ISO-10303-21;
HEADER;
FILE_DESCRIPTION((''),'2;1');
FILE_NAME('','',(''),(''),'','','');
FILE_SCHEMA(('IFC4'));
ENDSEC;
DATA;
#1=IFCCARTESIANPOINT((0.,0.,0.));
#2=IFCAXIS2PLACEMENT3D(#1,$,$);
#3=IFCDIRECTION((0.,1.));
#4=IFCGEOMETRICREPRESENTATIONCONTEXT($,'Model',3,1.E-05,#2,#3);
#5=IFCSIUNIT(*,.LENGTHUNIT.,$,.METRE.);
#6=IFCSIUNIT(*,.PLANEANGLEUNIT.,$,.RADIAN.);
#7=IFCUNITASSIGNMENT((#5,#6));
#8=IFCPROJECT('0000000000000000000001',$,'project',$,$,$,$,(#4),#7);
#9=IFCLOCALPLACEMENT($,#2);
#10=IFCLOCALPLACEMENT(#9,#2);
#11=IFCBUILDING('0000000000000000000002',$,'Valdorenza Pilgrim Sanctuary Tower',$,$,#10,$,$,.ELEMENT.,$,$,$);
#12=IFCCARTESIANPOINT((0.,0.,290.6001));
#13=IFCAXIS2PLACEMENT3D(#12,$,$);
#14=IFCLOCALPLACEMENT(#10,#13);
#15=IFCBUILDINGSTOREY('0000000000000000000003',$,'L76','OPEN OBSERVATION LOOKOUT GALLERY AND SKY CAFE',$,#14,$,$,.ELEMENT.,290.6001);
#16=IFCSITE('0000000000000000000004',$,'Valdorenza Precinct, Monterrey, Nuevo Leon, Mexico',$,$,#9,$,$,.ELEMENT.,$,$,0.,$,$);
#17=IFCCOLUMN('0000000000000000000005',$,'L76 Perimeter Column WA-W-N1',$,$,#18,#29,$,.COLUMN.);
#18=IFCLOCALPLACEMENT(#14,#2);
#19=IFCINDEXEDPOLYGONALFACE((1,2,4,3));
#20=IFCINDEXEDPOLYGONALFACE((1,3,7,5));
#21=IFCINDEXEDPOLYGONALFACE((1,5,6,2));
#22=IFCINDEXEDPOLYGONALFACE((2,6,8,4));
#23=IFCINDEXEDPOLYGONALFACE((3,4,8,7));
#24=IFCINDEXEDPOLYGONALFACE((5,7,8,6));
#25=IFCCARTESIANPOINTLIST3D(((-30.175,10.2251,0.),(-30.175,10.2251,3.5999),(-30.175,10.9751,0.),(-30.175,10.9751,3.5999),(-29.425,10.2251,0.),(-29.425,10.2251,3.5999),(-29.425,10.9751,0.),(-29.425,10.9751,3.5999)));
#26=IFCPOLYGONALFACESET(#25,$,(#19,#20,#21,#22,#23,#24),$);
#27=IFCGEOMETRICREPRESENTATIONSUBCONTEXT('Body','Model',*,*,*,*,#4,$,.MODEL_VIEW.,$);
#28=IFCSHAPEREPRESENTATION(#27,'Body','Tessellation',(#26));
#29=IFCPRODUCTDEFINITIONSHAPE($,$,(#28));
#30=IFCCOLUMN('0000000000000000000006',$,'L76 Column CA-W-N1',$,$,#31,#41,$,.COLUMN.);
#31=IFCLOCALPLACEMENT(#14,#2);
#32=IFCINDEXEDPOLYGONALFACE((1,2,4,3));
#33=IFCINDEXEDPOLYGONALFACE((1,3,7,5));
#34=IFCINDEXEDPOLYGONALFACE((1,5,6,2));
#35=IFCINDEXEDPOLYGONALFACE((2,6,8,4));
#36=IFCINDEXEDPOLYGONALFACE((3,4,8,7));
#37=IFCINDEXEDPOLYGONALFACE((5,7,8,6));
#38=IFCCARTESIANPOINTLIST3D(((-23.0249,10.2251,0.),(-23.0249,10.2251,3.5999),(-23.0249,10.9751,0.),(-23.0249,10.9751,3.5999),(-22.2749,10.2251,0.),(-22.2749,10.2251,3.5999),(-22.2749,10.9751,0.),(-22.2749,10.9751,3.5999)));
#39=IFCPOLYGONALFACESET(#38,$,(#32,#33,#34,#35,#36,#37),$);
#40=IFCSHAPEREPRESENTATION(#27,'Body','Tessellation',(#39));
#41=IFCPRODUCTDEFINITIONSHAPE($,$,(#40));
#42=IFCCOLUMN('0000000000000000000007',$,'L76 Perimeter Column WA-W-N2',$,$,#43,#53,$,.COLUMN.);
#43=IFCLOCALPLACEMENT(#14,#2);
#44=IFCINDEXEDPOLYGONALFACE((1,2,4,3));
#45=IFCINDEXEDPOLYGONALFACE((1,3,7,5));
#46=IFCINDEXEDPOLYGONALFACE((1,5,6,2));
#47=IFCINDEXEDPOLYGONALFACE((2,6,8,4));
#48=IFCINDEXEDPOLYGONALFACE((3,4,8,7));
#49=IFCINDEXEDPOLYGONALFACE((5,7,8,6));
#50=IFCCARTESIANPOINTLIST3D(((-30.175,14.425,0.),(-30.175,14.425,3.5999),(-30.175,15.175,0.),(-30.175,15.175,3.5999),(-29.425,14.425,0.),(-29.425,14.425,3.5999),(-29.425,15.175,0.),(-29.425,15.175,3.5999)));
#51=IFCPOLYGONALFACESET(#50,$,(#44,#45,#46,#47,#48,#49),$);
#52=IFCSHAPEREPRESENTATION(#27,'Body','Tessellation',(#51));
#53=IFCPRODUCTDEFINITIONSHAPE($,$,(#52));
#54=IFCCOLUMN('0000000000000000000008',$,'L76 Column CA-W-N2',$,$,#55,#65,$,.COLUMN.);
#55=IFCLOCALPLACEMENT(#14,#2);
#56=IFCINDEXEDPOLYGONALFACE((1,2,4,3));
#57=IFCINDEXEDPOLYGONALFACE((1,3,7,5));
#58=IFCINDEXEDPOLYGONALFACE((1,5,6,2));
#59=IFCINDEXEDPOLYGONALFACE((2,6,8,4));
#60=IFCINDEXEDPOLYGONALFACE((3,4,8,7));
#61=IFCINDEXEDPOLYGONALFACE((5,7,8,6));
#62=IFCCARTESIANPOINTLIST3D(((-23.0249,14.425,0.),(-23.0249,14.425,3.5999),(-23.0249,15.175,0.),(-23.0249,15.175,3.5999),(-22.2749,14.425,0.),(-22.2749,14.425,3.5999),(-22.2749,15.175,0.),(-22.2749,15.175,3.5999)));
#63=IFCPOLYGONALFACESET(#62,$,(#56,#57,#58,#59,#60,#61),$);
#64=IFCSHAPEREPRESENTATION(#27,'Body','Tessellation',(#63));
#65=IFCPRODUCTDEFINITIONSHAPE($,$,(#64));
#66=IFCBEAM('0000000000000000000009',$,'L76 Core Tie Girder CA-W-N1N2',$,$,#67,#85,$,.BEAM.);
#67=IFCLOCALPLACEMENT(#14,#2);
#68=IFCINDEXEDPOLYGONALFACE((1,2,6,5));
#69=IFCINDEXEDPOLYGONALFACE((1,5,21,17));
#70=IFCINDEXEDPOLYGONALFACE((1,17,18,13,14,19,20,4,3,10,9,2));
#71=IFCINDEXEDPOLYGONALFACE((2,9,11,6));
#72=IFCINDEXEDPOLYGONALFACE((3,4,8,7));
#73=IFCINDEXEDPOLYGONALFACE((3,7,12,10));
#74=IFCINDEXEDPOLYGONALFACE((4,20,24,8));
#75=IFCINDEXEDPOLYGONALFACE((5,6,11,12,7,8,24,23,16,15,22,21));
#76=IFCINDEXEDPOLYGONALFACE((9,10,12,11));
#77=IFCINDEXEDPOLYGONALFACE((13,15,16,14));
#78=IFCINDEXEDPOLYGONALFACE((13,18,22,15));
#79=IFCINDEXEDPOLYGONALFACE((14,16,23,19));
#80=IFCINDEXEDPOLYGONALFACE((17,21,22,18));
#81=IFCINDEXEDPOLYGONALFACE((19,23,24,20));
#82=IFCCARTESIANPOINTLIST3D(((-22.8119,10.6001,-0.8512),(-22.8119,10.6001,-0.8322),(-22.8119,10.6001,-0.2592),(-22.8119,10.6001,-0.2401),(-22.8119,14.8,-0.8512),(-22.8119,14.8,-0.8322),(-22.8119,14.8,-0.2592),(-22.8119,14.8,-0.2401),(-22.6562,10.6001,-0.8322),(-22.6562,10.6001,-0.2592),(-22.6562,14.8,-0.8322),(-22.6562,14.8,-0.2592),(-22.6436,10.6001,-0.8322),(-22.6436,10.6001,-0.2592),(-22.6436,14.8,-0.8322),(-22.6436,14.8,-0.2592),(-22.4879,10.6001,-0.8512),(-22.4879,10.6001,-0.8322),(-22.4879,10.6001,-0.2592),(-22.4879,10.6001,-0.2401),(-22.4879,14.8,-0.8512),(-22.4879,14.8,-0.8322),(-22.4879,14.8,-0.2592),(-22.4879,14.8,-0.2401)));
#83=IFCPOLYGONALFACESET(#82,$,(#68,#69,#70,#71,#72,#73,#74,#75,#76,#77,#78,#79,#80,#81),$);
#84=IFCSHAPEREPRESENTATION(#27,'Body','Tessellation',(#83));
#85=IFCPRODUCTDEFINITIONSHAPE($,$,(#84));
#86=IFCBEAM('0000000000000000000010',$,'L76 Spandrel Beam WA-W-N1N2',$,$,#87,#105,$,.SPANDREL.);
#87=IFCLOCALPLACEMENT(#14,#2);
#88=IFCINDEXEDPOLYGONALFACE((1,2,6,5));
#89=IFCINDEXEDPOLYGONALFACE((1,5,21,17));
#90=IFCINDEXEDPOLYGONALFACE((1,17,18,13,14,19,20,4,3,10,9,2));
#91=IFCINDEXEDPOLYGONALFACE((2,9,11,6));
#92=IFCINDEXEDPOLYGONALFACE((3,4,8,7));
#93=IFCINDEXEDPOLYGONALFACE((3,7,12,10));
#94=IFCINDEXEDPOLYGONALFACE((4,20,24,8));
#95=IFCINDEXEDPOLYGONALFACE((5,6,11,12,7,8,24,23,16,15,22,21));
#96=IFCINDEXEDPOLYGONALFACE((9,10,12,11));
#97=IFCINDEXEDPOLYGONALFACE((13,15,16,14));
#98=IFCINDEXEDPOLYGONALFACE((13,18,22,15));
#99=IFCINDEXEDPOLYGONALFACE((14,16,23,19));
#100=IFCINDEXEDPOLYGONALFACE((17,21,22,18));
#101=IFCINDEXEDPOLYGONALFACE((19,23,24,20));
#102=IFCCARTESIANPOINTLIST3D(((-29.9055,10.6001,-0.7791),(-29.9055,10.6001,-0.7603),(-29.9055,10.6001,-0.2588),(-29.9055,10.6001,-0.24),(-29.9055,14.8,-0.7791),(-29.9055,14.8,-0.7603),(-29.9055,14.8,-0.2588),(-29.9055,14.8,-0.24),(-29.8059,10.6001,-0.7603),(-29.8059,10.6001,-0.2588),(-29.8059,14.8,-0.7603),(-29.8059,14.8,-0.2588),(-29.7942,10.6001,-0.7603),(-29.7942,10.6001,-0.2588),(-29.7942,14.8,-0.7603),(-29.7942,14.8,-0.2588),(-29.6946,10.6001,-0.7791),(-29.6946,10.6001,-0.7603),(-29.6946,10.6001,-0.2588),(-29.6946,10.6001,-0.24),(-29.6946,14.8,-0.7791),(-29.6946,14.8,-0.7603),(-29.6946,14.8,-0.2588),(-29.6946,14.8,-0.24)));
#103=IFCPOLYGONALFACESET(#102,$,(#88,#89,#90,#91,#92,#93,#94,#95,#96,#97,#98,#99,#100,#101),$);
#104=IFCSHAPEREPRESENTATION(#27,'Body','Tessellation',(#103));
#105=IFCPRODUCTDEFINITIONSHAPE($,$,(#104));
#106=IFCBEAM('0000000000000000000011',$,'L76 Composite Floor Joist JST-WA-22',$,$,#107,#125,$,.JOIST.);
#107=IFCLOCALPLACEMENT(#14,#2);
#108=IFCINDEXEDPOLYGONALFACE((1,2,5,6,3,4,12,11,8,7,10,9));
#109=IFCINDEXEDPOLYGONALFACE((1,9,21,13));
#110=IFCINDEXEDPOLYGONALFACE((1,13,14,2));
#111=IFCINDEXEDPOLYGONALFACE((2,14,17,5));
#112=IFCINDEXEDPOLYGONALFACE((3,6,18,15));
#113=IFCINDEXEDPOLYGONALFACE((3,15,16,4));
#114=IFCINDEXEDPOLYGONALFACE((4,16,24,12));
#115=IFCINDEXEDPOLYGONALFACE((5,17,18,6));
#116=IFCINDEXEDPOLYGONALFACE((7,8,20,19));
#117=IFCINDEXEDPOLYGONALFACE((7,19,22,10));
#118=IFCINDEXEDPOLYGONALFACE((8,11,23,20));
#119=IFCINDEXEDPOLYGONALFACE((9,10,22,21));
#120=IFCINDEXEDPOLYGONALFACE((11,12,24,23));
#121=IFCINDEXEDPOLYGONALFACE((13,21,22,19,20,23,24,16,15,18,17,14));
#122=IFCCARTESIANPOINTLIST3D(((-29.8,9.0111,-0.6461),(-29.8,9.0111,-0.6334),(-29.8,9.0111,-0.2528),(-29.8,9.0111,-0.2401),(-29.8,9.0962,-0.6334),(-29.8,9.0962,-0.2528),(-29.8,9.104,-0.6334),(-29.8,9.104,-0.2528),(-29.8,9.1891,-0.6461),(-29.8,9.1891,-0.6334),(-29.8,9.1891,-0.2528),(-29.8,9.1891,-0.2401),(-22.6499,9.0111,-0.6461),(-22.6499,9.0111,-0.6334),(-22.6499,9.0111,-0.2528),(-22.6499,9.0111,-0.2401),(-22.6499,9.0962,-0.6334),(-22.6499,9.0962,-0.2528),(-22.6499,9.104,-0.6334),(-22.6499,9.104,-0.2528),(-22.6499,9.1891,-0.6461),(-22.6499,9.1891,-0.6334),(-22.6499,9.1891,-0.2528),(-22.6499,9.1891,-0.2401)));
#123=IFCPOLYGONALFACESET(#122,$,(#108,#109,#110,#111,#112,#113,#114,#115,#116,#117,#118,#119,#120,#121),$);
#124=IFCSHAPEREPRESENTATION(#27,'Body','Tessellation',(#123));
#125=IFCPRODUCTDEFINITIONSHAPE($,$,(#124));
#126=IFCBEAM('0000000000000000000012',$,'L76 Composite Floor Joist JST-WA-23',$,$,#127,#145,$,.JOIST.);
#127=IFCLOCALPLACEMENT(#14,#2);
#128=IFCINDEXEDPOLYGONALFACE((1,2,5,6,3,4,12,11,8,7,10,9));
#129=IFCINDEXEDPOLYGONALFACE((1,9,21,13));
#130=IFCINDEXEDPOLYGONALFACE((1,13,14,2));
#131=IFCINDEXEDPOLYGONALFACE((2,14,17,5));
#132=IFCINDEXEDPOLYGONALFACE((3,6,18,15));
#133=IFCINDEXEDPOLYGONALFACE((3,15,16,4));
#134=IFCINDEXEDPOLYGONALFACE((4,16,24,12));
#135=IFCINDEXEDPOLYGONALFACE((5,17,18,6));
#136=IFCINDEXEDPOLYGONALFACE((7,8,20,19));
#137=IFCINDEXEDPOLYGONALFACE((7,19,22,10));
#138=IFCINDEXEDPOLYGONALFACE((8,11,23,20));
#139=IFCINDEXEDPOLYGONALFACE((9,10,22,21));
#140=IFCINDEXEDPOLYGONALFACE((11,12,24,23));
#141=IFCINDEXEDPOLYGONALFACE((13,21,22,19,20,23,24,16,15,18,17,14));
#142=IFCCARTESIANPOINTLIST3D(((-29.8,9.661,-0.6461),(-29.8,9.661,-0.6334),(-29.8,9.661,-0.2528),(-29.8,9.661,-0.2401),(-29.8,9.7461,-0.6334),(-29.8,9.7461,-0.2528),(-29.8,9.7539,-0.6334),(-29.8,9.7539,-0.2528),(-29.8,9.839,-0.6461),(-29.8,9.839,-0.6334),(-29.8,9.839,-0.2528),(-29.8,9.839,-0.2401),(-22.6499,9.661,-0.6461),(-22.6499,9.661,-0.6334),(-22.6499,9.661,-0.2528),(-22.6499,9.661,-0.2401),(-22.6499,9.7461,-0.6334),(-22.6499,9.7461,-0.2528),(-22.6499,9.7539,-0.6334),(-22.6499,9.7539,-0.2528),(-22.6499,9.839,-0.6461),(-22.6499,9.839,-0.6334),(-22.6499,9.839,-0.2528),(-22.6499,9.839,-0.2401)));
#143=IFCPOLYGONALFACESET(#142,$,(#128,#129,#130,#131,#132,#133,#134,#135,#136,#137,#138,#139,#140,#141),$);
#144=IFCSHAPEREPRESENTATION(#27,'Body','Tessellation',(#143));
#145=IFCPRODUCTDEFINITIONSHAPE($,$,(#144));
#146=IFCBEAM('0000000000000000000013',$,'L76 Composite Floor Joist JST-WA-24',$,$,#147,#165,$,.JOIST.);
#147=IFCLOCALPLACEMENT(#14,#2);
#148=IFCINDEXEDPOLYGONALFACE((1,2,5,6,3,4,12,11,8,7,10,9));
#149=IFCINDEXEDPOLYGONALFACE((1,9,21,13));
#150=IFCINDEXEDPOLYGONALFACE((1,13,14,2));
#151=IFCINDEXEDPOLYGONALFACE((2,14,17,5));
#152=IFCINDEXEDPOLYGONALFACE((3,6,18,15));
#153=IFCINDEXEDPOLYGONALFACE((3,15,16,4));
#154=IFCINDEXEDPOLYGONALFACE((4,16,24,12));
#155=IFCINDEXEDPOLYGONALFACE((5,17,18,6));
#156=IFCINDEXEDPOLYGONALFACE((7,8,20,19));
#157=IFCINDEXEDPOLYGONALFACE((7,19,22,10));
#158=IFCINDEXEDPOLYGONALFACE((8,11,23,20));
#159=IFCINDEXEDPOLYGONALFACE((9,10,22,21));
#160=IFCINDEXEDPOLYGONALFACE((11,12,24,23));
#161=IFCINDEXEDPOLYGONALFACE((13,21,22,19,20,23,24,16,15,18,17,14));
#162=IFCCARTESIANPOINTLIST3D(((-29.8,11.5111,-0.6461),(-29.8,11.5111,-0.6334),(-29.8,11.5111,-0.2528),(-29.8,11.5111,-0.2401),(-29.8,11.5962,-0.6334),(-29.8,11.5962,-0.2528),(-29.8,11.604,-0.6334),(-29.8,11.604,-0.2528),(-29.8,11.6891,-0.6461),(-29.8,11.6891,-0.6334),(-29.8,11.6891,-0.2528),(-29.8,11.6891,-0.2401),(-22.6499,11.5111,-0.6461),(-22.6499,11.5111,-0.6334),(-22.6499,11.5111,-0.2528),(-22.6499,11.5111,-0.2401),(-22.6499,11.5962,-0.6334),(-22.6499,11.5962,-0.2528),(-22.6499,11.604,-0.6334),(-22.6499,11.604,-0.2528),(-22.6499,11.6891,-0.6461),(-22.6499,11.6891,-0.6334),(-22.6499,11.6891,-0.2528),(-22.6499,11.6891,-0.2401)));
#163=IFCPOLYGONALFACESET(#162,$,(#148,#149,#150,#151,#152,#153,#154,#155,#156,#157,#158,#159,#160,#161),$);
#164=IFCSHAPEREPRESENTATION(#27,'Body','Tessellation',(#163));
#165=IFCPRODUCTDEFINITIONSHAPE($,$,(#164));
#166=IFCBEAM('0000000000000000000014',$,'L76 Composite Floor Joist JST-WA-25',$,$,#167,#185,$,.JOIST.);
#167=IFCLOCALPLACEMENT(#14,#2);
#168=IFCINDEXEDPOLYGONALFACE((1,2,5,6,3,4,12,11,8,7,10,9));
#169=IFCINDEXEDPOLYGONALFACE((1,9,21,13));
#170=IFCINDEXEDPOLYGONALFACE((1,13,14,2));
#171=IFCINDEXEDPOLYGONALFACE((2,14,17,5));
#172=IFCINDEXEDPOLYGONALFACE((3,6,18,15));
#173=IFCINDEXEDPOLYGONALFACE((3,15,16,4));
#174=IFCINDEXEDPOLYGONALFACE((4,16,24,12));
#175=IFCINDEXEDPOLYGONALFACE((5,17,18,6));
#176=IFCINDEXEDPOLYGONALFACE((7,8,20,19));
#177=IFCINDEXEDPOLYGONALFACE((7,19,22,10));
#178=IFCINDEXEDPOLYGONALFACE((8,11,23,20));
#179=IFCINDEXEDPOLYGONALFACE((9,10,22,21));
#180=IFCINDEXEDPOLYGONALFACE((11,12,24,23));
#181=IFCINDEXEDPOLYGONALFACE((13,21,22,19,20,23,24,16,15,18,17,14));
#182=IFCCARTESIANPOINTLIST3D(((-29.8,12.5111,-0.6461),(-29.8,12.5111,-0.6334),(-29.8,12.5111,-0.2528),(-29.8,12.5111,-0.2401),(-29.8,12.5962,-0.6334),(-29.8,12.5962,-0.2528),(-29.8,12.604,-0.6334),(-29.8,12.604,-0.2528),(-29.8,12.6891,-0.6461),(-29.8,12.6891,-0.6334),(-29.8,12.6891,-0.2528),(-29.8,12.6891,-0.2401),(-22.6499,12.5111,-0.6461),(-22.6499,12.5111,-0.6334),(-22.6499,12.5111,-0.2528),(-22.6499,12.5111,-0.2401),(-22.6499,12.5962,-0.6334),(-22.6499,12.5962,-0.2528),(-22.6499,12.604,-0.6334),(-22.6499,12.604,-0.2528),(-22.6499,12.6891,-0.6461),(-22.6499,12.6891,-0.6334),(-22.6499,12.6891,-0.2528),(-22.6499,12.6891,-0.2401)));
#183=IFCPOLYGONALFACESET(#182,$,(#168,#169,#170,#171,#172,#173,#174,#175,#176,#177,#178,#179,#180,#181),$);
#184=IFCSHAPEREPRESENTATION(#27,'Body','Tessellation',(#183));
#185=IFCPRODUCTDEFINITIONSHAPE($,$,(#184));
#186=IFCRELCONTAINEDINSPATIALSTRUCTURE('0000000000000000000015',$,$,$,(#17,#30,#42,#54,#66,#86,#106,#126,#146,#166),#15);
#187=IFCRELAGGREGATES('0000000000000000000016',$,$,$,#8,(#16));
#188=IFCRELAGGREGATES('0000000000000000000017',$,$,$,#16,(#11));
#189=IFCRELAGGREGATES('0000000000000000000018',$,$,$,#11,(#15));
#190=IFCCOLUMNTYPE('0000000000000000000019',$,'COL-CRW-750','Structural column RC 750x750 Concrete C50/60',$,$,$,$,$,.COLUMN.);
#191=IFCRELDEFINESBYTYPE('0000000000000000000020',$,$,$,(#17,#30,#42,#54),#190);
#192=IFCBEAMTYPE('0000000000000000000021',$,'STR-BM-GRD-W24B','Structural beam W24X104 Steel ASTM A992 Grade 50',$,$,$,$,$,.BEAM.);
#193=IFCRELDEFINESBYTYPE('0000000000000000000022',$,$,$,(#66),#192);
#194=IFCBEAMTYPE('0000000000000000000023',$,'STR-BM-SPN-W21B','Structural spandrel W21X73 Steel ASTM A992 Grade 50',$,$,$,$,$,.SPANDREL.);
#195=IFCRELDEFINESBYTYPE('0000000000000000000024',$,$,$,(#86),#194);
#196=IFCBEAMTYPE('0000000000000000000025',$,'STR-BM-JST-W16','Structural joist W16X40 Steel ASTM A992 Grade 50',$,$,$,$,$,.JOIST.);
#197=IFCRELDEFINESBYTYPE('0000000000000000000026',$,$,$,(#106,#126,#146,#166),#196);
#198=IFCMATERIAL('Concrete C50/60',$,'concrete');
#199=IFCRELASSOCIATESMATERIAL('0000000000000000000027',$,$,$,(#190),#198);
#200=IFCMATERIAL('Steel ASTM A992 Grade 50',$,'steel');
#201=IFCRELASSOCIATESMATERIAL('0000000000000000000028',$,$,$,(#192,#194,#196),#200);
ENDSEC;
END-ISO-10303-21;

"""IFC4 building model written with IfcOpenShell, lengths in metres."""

from ifc_helpers import new_model, si_unit, direction, frame, origin, origin_2d, place, context, subcontext, project, spatial, rectangle, i_section, extrude, source, transform, mapped, material, material_profile, profile_set, type_object, element, save


model = new_model("IFC4")

# Units and contexts
model_context = context("Model", 3, precision=1e-05, world=origin(), true_north=direction((0.0, 1.0)))
body_context = subcontext(model_context, "Body", "Model", "MODEL_VIEW")
ifc_project = project(units=[si_unit("LENGTHUNIT", "METRE"), si_unit("PLANEANGLEUNIT", "RADIAN")], contexts=[model_context])

# Site, building, storey
site_placement = place(None, origin())
site = spatial("IfcSite", under=ifc_project, at=site_placement, Name="Valdorenza Precinct, Monterrey, Nuevo Leon, Mexico", CompositionType="ELEMENT", RefElevation=0.0)
building_placement = place(site_placement, origin())
building = spatial("IfcBuilding", under=site, at=building_placement, Name="Valdorenza Pilgrim Sanctuary Tower", CompositionType="ELEMENT")
storey_placement = place(building_placement, frame((0.0, 0.0, 290.6001)))
storey = spatial("IfcBuildingStorey", under=building, at=storey_placement, Name="L76", Description="OPEN OBSERVATION LOOKOUT GALLERY AND SKY CAFE", CompositionType="ELEMENT", Elevation=290.6001)

# Columns
ifc_material_1 = material(Name="Concrete C50/60", Category="concrete")
ifc_material_profile_1 = material_profile(ifc_material_1, rectangle(XDim=0.75, YDim=0.75, at=origin_2d()), Name="RC 750x750")
ifc_profile_set_1 = profile_set([ifc_material_profile_1], Name="Concrete C50/60")
column_type = type_object("IfcColumnType", Name="COL-CRW-750", Description="Structural column RC 750x750 Concrete C50/60", PredefinedType="COLUMN", material=ifc_profile_set_1)
shared_shape_1 = source(origin(), body_context, "Body", "SweptSolid", [
    extrude(rectangle(XDim=0.75, YDim=0.75, at=origin_2d()), origin(), (0.0, 0.0, 1.0), 3.5999),
])
for number, where, z_axis, x_axis, name in (
    (1, (-29.8, 10.6001, 0.0), (0.0, 0.0, 1.0), (1.0, 0.0, 0.0), "L76 Perimeter Column WA-W-N1"),
    (2, (-22.6499, 10.6001, 0.0), (0.0, 0.0, 1.0), (1.0, 0.0, 0.0), "L76 Column CA-W-N1"),
    (3, (-29.8, 14.8, 0.0), (0.0, 0.0, 1.0), (1.0, 0.0, 0.0), "L76 Perimeter Column WA-W-N2"),
    (4, (-22.6499, 14.8, 0.0), (0.0, 0.0, 1.0), (1.0, 0.0, 0.0), "L76 Column CA-W-N2"),
):
    element("IfcColumn", number, at=place(storey_placement, frame(where, z_axis=z_axis, x_axis=x_axis)), inside=storey, type_object=column_type, Name=name, PredefinedType="COLUMN", context=body_context, shape_type="MappedRepresentation", body=[
        mapped(shared_shape_1, transform((0.0, 0.0, 0.0), x_axis=(1.0, 0.0, 0.0), y_axis=(0.0, 1.0, 0.0), z_axis=(0.0, 0.0, 1.0), scale=1.0)),
    ])

# Beams
ifc_material_2 = material(Name="Steel ASTM A992 Grade 50", Category="steel")
ifc_material_profile_2 = material_profile(ifc_material_2, i_section(OverallWidth=0.324, OverallDepth=0.6111, WebThickness=0.0127, FlangeThickness=0.019, at=origin_2d()), Name="W24X104")
ifc_profile_set_2 = profile_set([ifc_material_profile_2], Name="Steel ASTM A992 Grade 50")
beam_type_1 = type_object("IfcBeamType", Name="STR-BM-GRD-W24B", Description="Structural beam W24X104 Steel ASTM A992 Grade 50", PredefinedType="BEAM", material=ifc_profile_set_2)
shared_shape_2 = source(origin(), body_context, "Body", "SweptSolid", [
    extrude(i_section(OverallWidth=0.324, OverallDepth=0.6111, WebThickness=0.0127, FlangeThickness=0.019, at=origin_2d()), origin(), (0.0, 0.0, 1.0), 4.2),
])
beam_1_placement = place(storey_placement, frame((-22.6499, 10.6001, -0.5457), z_axis=(0.0, 1.0, 0.0), x_axis=(-1.0, 0.0, 0.0)))
element("IfcBeam", 5, at=beam_1_placement, inside=storey, type_object=beam_type_1, Name="L76 Core Tie Girder CA-W-N1N2", PredefinedType="BEAM", context=body_context, shape_type="MappedRepresentation", body=[
    mapped(shared_shape_2, transform((0.0, 0.0, 0.0), x_axis=(1.0, 0.0, 0.0), y_axis=(0.0, 1.0, 0.0), z_axis=(0.0, 0.0, 1.0), scale=1.0)),
])
ifc_material_profile_3 = material_profile(ifc_material_2, i_section(OverallWidth=0.2109, OverallDepth=0.5391, WebThickness=0.0117, FlangeThickness=0.0188, at=origin_2d()), Name="W21X73")
ifc_profile_set_3 = profile_set([ifc_material_profile_3], Name="Steel ASTM A992 Grade 50")
beam_type_2 = type_object("IfcBeamType", Name="STR-BM-SPN-W21B", Description="Structural spandrel W21X73 Steel ASTM A992 Grade 50", PredefinedType="SPANDREL", material=ifc_profile_set_3)
shared_shape_3 = source(origin(), body_context, "Body", "SweptSolid", [
    extrude(i_section(OverallWidth=0.2109, OverallDepth=0.5391, WebThickness=0.0117, FlangeThickness=0.0188, at=origin_2d()), origin(), (0.0, 0.0, 1.0), 4.2),
])
beam_2_placement = place(storey_placement, frame((-29.8, 10.6001, -0.5095), z_axis=(0.0, 1.0, 0.0), x_axis=(-1.0, 0.0, 0.0)))
element("IfcBeam", 6, at=beam_2_placement, inside=storey, type_object=beam_type_2, Name="L76 Spandrel Beam WA-W-N1N2", PredefinedType="SPANDREL", context=body_context, shape_type="MappedRepresentation", body=[
    mapped(shared_shape_3, transform((0.0, 0.0, 0.0), x_axis=(1.0, 0.0, 0.0), y_axis=(0.0, 1.0, 0.0), z_axis=(0.0, 0.0, 1.0), scale=1.0)),
])
ifc_material_profile_4 = material_profile(ifc_material_2, i_section(OverallWidth=0.178, OverallDepth=0.406, WebThickness=0.0078, FlangeThickness=0.0127, at=origin_2d()), Name="W16X40")
ifc_profile_set_4 = profile_set([ifc_material_profile_4], Name="Steel ASTM A992 Grade 50")
beam_type_3 = type_object("IfcBeamType", Name="STR-BM-JST-W16", Description="Structural joist W16X40 Steel ASTM A992 Grade 50", PredefinedType="JOIST", material=ifc_profile_set_4)
shared_shape_4 = source(origin(), body_context, "Body", "SweptSolid", [
    extrude(i_section(OverallWidth=0.178, OverallDepth=0.406, WebThickness=0.0078, FlangeThickness=0.0127, at=origin_2d()), origin(), (0.0, 0.0, 1.0), 7.1501),
])
for number, where, z_axis, x_axis, name in (
    (7, (-29.8, 9.1001, -0.4431), (1.0, 0.0, 0.0), (0.0, 1.0, 0.0), "L76 Composite Floor Joist JST-WA-22"),
    (8, (-29.8, 9.75, -0.4431), (1.0, 0.0, 0.0), (0.0, 1.0, 0.0), "L76 Composite Floor Joist JST-WA-23"),
    (9, (-29.8, 11.6001, -0.4431), (1.0, 0.0, 0.0), (0.0, 1.0, 0.0), "L76 Composite Floor Joist JST-WA-24"),
    (10, (-29.8, 12.6001, -0.4431), (1.0, 0.0, 0.0), (0.0, 1.0, 0.0), "L76 Composite Floor Joist JST-WA-25"),
):
    element("IfcBeam", number, at=place(storey_placement, frame(where, z_axis=z_axis, x_axis=x_axis)), inside=storey, type_object=beam_type_3, Name=name, PredefinedType="JOIST", context=body_context, shape_type="MappedRepresentation", body=[
        mapped(shared_shape_4, transform((0.0, 0.0, 0.0), x_axis=(1.0, 0.0, 0.0), y_axis=(0.0, 1.0, 0.0), z_axis=(0.0, 0.0, 1.0), scale=1.0)),
    ])

save(model, "model.ifc")
